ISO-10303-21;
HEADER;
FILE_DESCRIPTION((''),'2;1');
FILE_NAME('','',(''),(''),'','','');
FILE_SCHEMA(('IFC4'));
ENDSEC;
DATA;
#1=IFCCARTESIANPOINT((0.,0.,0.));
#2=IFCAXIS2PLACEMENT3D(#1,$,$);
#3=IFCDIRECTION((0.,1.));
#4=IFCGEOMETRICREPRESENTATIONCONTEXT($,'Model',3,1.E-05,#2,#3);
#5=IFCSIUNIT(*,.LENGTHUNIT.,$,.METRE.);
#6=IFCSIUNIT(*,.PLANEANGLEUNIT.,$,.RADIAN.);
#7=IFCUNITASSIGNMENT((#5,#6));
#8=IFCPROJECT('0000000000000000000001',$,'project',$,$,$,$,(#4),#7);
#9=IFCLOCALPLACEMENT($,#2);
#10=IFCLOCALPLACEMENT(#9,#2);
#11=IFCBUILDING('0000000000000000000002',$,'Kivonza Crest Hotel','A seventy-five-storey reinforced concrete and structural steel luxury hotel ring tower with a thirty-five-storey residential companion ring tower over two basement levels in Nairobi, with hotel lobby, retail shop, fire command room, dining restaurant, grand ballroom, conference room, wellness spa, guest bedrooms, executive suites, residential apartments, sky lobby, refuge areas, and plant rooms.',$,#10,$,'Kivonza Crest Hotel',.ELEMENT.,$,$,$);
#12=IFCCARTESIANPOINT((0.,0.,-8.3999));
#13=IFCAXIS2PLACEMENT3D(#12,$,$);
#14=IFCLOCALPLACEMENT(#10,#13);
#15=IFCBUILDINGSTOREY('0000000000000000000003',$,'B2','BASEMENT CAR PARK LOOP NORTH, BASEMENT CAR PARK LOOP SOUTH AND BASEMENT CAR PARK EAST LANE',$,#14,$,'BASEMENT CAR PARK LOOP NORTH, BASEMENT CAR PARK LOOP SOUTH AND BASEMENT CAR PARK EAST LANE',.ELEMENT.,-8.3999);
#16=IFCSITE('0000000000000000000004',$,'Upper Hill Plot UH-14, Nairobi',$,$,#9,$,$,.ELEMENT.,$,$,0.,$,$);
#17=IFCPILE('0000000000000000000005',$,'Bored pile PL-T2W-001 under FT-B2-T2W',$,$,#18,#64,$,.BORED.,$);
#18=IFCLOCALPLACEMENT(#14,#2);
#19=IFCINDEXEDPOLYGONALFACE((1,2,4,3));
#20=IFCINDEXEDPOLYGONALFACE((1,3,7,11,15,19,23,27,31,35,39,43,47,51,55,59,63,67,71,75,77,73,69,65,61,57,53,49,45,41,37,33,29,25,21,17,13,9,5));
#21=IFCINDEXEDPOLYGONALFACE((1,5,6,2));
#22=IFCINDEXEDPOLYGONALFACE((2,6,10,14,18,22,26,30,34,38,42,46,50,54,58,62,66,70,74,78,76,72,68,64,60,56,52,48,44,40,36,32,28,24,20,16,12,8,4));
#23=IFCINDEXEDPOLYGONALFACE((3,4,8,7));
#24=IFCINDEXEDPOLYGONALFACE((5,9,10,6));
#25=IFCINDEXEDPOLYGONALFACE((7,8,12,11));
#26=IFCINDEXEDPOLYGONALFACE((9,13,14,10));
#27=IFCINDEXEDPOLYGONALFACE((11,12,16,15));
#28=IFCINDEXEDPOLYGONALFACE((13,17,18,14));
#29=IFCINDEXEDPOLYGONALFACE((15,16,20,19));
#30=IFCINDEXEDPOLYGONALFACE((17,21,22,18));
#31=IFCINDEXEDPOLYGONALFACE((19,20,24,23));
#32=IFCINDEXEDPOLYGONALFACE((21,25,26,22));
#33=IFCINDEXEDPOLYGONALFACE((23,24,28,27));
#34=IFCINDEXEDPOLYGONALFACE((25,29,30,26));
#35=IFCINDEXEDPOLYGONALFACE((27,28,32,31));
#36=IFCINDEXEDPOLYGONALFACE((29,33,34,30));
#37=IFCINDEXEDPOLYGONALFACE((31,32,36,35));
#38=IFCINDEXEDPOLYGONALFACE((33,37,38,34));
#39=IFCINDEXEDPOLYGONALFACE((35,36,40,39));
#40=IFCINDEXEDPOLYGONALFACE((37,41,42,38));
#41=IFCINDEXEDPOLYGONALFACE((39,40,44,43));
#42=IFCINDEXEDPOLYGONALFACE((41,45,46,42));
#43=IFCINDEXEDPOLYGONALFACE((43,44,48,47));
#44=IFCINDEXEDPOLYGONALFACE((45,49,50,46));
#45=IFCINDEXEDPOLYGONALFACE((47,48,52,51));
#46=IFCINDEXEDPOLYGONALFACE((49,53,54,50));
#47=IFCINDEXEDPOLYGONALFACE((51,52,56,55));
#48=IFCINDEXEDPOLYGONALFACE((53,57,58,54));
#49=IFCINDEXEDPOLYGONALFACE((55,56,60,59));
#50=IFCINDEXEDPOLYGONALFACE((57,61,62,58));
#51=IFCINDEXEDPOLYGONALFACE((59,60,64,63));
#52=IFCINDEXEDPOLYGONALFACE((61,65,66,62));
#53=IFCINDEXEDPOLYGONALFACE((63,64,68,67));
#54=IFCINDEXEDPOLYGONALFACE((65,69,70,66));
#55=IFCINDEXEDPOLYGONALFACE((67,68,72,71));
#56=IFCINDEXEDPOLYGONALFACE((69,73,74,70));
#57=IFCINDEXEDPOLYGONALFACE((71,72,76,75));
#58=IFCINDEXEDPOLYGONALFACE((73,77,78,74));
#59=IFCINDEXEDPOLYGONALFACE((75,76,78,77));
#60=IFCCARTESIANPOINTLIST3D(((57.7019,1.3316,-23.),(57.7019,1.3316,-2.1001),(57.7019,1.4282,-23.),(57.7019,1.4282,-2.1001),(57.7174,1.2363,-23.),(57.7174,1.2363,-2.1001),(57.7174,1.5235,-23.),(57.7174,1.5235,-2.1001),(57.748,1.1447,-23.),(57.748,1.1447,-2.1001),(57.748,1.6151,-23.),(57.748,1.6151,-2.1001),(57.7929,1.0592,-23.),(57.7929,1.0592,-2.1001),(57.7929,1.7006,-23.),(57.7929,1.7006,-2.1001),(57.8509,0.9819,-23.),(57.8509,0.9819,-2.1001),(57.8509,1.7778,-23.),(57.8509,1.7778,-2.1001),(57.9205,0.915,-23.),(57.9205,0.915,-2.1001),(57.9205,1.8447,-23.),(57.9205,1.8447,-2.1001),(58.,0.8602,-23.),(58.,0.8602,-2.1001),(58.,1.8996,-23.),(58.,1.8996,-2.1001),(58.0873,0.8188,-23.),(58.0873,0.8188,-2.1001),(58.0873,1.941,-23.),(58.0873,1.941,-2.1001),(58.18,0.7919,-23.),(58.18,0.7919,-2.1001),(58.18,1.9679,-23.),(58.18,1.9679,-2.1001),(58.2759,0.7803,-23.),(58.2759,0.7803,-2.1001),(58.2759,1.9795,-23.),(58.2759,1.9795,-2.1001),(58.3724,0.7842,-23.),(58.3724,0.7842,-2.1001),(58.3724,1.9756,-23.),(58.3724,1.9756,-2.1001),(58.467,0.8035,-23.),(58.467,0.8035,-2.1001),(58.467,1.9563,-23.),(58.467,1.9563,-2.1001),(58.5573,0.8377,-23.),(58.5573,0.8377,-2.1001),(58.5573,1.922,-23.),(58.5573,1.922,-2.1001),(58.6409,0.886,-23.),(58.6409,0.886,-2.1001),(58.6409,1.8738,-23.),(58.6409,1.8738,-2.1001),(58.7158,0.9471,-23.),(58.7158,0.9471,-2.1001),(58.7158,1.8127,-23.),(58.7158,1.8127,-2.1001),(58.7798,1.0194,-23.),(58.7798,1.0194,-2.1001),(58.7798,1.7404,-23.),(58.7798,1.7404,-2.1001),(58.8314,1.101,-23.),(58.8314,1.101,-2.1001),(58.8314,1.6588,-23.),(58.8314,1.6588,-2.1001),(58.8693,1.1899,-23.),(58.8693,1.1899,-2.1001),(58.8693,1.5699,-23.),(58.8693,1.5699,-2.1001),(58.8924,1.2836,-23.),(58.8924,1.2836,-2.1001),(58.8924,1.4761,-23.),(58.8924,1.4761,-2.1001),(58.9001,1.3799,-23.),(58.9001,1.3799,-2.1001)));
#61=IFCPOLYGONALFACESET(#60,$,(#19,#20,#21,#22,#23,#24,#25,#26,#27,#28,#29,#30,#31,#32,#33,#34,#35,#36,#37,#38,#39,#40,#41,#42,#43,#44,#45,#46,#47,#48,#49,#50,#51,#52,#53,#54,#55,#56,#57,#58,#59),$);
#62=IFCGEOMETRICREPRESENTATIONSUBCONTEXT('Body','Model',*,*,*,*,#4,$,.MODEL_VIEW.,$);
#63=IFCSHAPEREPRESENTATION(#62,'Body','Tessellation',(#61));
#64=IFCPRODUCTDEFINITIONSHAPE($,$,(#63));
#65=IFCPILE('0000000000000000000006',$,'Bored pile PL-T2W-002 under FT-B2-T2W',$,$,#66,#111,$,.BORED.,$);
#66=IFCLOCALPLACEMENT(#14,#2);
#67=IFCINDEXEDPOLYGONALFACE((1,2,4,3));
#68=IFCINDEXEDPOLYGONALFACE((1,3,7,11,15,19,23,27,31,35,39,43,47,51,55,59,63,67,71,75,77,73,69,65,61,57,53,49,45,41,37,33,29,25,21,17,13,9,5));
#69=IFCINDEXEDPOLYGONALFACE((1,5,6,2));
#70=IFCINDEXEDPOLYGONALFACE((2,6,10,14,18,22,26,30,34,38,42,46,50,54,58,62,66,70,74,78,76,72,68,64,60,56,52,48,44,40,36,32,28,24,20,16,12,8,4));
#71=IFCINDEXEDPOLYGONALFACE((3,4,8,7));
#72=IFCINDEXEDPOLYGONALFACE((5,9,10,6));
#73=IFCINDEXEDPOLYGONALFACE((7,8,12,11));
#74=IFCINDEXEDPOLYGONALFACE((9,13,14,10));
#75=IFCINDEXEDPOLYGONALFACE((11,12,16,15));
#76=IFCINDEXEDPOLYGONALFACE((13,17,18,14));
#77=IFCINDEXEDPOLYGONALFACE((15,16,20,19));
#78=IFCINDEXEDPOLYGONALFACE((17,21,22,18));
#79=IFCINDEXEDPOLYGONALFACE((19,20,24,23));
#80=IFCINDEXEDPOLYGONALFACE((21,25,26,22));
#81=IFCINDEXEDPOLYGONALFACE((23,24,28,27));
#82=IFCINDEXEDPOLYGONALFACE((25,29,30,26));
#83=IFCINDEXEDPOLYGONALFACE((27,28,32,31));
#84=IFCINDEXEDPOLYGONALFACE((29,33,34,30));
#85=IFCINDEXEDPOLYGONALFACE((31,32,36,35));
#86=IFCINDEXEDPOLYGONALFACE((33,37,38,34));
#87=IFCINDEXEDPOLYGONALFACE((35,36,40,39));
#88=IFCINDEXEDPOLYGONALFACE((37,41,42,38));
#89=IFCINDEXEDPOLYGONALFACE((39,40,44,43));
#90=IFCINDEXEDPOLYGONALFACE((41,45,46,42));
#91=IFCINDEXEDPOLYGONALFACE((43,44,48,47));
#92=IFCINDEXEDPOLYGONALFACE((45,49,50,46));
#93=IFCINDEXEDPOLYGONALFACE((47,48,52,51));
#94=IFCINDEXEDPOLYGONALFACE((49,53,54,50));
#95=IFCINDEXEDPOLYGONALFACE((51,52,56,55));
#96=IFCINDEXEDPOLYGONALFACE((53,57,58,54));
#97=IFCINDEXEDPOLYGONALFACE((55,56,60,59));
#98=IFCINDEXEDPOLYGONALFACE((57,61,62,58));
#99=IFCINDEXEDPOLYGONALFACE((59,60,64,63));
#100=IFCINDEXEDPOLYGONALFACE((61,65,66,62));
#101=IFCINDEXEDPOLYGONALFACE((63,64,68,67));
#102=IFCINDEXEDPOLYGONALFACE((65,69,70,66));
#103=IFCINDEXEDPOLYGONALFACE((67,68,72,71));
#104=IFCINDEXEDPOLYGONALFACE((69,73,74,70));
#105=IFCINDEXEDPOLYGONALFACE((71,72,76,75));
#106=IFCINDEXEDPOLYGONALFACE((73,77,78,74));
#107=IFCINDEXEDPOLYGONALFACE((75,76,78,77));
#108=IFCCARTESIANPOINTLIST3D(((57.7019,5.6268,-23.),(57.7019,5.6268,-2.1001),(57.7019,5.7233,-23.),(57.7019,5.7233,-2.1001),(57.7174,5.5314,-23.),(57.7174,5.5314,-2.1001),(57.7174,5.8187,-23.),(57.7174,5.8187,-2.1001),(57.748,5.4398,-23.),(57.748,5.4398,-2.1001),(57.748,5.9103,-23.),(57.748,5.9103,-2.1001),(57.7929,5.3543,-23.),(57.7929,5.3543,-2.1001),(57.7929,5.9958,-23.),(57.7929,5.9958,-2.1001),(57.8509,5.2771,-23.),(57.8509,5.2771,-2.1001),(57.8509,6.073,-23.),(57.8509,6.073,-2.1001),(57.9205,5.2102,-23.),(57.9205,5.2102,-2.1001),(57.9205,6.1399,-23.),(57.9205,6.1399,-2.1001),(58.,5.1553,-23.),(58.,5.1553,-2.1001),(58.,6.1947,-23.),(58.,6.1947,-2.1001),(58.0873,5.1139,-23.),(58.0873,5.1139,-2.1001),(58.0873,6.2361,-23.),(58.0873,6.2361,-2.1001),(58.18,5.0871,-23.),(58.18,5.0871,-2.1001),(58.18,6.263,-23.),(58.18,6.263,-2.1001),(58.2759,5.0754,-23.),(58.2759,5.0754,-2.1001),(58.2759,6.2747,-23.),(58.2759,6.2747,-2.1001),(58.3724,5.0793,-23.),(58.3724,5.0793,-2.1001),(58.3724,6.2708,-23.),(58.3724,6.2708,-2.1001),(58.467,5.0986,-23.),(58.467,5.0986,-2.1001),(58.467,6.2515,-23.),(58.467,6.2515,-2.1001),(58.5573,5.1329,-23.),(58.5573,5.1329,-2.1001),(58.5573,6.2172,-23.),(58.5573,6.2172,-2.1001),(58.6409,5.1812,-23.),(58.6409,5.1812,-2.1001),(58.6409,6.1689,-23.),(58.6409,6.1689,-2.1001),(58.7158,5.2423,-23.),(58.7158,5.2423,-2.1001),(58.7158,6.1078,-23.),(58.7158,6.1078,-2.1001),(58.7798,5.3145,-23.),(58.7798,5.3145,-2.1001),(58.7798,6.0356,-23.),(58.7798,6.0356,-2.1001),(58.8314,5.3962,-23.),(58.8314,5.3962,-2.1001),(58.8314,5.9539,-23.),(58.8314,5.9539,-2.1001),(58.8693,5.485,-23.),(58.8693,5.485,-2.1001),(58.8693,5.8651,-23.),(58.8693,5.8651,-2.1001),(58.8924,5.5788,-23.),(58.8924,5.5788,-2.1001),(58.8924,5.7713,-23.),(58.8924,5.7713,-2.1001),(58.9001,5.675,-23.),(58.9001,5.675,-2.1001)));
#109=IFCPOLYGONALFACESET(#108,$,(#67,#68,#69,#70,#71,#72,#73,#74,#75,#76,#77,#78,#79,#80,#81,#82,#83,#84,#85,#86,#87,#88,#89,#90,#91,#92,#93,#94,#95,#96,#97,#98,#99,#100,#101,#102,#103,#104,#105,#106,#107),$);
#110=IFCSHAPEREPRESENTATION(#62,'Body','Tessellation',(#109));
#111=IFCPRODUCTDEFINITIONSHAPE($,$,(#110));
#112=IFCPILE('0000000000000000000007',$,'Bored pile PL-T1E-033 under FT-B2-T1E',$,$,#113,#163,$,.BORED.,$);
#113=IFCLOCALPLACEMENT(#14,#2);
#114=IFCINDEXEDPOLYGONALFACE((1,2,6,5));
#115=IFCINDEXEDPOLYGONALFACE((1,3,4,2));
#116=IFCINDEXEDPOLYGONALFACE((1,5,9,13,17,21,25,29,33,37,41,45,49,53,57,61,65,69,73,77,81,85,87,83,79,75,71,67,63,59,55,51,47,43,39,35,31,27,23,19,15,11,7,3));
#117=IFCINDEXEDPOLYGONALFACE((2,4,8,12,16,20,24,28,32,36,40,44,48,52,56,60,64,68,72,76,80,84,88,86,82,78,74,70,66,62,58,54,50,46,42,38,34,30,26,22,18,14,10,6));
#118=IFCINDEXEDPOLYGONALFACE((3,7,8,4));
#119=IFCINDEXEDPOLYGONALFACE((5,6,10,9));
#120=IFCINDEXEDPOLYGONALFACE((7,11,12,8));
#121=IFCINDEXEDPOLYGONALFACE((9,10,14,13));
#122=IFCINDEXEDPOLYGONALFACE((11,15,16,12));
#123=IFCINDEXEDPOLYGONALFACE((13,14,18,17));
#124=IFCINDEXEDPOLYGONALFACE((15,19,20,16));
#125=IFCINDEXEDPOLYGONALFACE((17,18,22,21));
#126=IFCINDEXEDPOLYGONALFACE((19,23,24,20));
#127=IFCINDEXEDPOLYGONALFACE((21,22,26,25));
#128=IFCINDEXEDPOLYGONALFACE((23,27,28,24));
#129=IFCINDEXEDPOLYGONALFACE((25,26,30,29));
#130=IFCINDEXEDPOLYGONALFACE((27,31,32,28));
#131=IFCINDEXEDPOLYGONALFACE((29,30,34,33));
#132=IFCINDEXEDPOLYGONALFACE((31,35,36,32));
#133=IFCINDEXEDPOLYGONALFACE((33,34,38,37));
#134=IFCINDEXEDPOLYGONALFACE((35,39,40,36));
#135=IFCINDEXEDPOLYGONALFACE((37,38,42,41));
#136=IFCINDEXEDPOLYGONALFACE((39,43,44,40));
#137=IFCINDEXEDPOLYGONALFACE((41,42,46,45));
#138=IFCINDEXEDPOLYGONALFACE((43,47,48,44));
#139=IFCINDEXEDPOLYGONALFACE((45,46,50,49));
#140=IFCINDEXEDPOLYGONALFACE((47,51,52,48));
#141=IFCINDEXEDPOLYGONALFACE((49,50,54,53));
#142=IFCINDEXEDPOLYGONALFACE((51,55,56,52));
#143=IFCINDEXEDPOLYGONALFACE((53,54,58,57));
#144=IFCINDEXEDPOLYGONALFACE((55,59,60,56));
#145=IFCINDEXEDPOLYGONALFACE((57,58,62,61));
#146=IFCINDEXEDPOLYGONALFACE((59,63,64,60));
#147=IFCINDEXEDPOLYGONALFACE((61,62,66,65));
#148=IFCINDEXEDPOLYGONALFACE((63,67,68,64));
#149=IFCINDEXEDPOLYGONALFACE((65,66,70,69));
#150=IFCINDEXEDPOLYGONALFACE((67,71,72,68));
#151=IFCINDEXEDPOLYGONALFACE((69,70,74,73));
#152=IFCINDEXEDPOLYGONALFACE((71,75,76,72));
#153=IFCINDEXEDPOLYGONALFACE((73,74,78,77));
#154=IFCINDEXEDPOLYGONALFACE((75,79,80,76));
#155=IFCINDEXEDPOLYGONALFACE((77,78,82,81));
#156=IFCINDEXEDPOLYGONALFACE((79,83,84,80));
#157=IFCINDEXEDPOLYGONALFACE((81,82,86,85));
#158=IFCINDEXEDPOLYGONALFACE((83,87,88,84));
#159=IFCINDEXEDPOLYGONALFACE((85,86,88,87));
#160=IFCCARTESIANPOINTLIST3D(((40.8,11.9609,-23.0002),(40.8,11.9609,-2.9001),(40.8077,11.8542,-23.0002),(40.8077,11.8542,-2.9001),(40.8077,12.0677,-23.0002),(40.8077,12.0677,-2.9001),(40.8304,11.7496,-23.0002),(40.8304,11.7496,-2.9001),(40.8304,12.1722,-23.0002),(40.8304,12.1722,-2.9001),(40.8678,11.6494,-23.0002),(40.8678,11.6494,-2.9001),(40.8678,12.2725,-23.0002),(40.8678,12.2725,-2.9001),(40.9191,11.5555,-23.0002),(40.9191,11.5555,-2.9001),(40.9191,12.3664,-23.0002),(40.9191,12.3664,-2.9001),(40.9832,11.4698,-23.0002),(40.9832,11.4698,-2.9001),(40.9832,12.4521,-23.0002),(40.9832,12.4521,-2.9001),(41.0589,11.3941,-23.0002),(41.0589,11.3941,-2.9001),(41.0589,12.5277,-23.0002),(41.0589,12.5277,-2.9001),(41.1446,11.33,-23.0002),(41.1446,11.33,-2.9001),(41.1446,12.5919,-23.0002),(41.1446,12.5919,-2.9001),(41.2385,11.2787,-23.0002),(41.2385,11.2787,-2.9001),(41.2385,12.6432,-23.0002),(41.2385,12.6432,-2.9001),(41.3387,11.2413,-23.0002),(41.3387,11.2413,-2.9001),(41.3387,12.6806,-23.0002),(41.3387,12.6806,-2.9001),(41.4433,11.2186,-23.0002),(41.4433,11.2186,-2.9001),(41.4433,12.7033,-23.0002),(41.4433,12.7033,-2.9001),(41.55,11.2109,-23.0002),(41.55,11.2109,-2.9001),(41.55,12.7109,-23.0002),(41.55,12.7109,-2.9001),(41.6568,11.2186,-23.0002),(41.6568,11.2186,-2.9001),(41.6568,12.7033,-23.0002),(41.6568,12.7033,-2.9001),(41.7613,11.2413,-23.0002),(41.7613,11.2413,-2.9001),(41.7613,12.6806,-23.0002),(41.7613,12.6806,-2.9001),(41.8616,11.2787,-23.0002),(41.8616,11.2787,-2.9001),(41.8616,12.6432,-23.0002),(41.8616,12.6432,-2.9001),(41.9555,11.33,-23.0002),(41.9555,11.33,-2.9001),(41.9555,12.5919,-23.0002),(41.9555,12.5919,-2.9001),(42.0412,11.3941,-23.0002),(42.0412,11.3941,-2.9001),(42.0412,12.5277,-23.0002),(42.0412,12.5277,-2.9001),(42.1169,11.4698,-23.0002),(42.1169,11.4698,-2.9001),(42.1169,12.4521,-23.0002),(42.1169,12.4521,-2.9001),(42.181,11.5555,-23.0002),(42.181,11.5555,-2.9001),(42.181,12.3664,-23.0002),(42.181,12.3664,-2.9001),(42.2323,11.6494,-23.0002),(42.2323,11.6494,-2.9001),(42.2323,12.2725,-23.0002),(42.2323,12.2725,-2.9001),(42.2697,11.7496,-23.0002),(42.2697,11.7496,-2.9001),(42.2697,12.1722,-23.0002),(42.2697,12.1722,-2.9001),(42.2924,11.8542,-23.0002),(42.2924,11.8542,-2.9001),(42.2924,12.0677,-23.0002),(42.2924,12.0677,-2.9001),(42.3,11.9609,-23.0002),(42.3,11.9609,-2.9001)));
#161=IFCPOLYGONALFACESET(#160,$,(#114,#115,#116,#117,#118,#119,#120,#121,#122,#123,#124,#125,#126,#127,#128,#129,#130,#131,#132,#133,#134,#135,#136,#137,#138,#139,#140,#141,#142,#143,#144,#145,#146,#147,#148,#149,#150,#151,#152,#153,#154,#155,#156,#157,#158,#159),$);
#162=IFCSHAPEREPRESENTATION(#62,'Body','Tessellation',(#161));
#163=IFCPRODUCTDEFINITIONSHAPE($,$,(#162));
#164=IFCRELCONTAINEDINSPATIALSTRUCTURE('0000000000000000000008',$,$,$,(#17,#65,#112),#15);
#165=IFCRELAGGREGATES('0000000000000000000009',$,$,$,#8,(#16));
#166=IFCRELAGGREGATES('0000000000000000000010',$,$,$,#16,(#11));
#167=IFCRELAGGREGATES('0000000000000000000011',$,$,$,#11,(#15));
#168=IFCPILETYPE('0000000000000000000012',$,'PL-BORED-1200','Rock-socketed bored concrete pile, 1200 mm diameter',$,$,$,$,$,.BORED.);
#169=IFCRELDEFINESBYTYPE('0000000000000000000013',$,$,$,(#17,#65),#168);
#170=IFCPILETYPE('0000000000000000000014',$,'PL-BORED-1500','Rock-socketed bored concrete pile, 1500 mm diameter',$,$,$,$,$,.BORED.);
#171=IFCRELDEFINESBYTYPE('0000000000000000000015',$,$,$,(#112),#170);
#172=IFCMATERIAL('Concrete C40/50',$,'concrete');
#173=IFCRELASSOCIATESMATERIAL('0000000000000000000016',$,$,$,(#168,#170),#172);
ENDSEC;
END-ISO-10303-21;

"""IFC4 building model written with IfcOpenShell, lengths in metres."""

from ifc_helpers import new_model, si_unit, direction, frame, origin, origin_2d, place, context, subcontext, project, spatial, circle, extrude, material, material_profile, profile_set, type_object, element, save


model = new_model("IFC4")

# Units and contexts
model_context = context("Model", 3, precision=1e-05, world=origin(), true_north=direction((0.0, 1.0)))
body_context = subcontext(model_context, "Body", "Model", "MODEL_VIEW")
ifc_project = project(units=[si_unit("LENGTHUNIT", "METRE"), si_unit("PLANEANGLEUNIT", "RADIAN")], contexts=[model_context])

# Site, building, storey
site_placement = place(None, origin())
site = spatial("IfcSite", under=ifc_project, at=site_placement, Name="Upper Hill Plot UH-14, Nairobi", CompositionType="ELEMENT", RefElevation=0.0)
building_placement = place(site_placement, origin())
building = spatial("IfcBuilding", under=site, at=building_placement, Name="Kivonza Crest Hotel", Description="A seventy-five-storey reinforced concrete and structural steel luxury hotel ring tower with a thirty-five-storey residential companion ring tower over two basement levels in Nairobi, with hotel lobby, retail shop, fire command room, dining restaurant, grand ballroom, conference room, wellness spa, guest bedrooms, executive suites, residential apartments, sky lobby, refuge areas, and plant rooms.", LongName="Kivonza Crest Hotel", CompositionType="ELEMENT")
storey_placement = place(building_placement, frame((0.0, 0.0, -8.3999)))
storey = spatial("IfcBuildingStorey", under=building, at=storey_placement, Name="B2", Description="BASEMENT CAR PARK LOOP NORTH, BASEMENT CAR PARK LOOP SOUTH AND BASEMENT CAR PARK EAST LANE", LongName="BASEMENT CAR PARK LOOP NORTH, BASEMENT CAR PARK LOOP SOUTH AND BASEMENT CAR PARK EAST LANE", CompositionType="ELEMENT", Elevation=-8.3999)

# Piles
ifc_material_1 = material(Name="Concrete C40/50", Category="concrete")
ifc_material_profile_1 = material_profile(ifc_material_1, circle(Radius=0.6001, at=origin_2d()), Name="PILE D1200")
ifc_profile_set_1 = profile_set([ifc_material_profile_1], Name="Concrete C40/50")
pile_type_1 = type_object("IfcPileType", Name="PL-BORED-1200", Description="Rock-socketed bored concrete pile, 1200 mm diameter", PredefinedType="BORED", material=ifc_profile_set_1)
for number, where, z_axis, x_axis, name in (
    (1, (58.3, 1.3799, -2.1001), (0.0, 0.0, -1.0), (1.0, 0.0, 0.0), "Bored pile PL-T2W-001 under FT-B2-T2W"),
    (2, (58.3, 5.675, -2.1001), (0.0, 0.0, -1.0), (1.0, 0.0, 0.0), "Bored pile PL-T2W-002 under FT-B2-T2W"),
):
    element("IfcPile", number, at=place(storey_placement, frame(where, z_axis=z_axis, x_axis=x_axis)), inside=storey, type_object=pile_type_1, Name=name, PredefinedType="BORED", context=body_context, shape_type="SweptSolid", body=[
        extrude(circle(Radius=0.6001, at=origin_2d()), origin(), (0.0, 0.0, 1.0), 20.8999),
    ])
ifc_material_profile_2 = material_profile(ifc_material_1, circle(Radius=0.75, at=origin_2d()), Name="PILE D1500")
ifc_profile_set_2 = profile_set([ifc_material_profile_2], Name="Concrete C40/50")
pile_type_2 = type_object("IfcPileType", Name="PL-BORED-1500", Description="Rock-socketed bored concrete pile, 1500 mm diameter", PredefinedType="BORED", material=ifc_profile_set_2)
for number, where, z_axis, x_axis, name in (
    (3, (41.55, 11.9609, -2.9001), (0.0, 0.0, -1.0), (1.0, 0.0, 0.0), "Bored pile PL-T1E-033 under FT-B2-T1E"),
):
    element("IfcPile", number, at=place(storey_placement, frame(where, z_axis=z_axis, x_axis=x_axis)), inside=storey, type_object=pile_type_2, Name=name, PredefinedType="BORED", context=body_context, shape_type="SweptSolid", body=[
        extrude(circle(Radius=0.75, at=origin_2d()), origin(), (0.0, 0.0, 1.0), 20.1001),
    ])

save(model, "model.ifc")
